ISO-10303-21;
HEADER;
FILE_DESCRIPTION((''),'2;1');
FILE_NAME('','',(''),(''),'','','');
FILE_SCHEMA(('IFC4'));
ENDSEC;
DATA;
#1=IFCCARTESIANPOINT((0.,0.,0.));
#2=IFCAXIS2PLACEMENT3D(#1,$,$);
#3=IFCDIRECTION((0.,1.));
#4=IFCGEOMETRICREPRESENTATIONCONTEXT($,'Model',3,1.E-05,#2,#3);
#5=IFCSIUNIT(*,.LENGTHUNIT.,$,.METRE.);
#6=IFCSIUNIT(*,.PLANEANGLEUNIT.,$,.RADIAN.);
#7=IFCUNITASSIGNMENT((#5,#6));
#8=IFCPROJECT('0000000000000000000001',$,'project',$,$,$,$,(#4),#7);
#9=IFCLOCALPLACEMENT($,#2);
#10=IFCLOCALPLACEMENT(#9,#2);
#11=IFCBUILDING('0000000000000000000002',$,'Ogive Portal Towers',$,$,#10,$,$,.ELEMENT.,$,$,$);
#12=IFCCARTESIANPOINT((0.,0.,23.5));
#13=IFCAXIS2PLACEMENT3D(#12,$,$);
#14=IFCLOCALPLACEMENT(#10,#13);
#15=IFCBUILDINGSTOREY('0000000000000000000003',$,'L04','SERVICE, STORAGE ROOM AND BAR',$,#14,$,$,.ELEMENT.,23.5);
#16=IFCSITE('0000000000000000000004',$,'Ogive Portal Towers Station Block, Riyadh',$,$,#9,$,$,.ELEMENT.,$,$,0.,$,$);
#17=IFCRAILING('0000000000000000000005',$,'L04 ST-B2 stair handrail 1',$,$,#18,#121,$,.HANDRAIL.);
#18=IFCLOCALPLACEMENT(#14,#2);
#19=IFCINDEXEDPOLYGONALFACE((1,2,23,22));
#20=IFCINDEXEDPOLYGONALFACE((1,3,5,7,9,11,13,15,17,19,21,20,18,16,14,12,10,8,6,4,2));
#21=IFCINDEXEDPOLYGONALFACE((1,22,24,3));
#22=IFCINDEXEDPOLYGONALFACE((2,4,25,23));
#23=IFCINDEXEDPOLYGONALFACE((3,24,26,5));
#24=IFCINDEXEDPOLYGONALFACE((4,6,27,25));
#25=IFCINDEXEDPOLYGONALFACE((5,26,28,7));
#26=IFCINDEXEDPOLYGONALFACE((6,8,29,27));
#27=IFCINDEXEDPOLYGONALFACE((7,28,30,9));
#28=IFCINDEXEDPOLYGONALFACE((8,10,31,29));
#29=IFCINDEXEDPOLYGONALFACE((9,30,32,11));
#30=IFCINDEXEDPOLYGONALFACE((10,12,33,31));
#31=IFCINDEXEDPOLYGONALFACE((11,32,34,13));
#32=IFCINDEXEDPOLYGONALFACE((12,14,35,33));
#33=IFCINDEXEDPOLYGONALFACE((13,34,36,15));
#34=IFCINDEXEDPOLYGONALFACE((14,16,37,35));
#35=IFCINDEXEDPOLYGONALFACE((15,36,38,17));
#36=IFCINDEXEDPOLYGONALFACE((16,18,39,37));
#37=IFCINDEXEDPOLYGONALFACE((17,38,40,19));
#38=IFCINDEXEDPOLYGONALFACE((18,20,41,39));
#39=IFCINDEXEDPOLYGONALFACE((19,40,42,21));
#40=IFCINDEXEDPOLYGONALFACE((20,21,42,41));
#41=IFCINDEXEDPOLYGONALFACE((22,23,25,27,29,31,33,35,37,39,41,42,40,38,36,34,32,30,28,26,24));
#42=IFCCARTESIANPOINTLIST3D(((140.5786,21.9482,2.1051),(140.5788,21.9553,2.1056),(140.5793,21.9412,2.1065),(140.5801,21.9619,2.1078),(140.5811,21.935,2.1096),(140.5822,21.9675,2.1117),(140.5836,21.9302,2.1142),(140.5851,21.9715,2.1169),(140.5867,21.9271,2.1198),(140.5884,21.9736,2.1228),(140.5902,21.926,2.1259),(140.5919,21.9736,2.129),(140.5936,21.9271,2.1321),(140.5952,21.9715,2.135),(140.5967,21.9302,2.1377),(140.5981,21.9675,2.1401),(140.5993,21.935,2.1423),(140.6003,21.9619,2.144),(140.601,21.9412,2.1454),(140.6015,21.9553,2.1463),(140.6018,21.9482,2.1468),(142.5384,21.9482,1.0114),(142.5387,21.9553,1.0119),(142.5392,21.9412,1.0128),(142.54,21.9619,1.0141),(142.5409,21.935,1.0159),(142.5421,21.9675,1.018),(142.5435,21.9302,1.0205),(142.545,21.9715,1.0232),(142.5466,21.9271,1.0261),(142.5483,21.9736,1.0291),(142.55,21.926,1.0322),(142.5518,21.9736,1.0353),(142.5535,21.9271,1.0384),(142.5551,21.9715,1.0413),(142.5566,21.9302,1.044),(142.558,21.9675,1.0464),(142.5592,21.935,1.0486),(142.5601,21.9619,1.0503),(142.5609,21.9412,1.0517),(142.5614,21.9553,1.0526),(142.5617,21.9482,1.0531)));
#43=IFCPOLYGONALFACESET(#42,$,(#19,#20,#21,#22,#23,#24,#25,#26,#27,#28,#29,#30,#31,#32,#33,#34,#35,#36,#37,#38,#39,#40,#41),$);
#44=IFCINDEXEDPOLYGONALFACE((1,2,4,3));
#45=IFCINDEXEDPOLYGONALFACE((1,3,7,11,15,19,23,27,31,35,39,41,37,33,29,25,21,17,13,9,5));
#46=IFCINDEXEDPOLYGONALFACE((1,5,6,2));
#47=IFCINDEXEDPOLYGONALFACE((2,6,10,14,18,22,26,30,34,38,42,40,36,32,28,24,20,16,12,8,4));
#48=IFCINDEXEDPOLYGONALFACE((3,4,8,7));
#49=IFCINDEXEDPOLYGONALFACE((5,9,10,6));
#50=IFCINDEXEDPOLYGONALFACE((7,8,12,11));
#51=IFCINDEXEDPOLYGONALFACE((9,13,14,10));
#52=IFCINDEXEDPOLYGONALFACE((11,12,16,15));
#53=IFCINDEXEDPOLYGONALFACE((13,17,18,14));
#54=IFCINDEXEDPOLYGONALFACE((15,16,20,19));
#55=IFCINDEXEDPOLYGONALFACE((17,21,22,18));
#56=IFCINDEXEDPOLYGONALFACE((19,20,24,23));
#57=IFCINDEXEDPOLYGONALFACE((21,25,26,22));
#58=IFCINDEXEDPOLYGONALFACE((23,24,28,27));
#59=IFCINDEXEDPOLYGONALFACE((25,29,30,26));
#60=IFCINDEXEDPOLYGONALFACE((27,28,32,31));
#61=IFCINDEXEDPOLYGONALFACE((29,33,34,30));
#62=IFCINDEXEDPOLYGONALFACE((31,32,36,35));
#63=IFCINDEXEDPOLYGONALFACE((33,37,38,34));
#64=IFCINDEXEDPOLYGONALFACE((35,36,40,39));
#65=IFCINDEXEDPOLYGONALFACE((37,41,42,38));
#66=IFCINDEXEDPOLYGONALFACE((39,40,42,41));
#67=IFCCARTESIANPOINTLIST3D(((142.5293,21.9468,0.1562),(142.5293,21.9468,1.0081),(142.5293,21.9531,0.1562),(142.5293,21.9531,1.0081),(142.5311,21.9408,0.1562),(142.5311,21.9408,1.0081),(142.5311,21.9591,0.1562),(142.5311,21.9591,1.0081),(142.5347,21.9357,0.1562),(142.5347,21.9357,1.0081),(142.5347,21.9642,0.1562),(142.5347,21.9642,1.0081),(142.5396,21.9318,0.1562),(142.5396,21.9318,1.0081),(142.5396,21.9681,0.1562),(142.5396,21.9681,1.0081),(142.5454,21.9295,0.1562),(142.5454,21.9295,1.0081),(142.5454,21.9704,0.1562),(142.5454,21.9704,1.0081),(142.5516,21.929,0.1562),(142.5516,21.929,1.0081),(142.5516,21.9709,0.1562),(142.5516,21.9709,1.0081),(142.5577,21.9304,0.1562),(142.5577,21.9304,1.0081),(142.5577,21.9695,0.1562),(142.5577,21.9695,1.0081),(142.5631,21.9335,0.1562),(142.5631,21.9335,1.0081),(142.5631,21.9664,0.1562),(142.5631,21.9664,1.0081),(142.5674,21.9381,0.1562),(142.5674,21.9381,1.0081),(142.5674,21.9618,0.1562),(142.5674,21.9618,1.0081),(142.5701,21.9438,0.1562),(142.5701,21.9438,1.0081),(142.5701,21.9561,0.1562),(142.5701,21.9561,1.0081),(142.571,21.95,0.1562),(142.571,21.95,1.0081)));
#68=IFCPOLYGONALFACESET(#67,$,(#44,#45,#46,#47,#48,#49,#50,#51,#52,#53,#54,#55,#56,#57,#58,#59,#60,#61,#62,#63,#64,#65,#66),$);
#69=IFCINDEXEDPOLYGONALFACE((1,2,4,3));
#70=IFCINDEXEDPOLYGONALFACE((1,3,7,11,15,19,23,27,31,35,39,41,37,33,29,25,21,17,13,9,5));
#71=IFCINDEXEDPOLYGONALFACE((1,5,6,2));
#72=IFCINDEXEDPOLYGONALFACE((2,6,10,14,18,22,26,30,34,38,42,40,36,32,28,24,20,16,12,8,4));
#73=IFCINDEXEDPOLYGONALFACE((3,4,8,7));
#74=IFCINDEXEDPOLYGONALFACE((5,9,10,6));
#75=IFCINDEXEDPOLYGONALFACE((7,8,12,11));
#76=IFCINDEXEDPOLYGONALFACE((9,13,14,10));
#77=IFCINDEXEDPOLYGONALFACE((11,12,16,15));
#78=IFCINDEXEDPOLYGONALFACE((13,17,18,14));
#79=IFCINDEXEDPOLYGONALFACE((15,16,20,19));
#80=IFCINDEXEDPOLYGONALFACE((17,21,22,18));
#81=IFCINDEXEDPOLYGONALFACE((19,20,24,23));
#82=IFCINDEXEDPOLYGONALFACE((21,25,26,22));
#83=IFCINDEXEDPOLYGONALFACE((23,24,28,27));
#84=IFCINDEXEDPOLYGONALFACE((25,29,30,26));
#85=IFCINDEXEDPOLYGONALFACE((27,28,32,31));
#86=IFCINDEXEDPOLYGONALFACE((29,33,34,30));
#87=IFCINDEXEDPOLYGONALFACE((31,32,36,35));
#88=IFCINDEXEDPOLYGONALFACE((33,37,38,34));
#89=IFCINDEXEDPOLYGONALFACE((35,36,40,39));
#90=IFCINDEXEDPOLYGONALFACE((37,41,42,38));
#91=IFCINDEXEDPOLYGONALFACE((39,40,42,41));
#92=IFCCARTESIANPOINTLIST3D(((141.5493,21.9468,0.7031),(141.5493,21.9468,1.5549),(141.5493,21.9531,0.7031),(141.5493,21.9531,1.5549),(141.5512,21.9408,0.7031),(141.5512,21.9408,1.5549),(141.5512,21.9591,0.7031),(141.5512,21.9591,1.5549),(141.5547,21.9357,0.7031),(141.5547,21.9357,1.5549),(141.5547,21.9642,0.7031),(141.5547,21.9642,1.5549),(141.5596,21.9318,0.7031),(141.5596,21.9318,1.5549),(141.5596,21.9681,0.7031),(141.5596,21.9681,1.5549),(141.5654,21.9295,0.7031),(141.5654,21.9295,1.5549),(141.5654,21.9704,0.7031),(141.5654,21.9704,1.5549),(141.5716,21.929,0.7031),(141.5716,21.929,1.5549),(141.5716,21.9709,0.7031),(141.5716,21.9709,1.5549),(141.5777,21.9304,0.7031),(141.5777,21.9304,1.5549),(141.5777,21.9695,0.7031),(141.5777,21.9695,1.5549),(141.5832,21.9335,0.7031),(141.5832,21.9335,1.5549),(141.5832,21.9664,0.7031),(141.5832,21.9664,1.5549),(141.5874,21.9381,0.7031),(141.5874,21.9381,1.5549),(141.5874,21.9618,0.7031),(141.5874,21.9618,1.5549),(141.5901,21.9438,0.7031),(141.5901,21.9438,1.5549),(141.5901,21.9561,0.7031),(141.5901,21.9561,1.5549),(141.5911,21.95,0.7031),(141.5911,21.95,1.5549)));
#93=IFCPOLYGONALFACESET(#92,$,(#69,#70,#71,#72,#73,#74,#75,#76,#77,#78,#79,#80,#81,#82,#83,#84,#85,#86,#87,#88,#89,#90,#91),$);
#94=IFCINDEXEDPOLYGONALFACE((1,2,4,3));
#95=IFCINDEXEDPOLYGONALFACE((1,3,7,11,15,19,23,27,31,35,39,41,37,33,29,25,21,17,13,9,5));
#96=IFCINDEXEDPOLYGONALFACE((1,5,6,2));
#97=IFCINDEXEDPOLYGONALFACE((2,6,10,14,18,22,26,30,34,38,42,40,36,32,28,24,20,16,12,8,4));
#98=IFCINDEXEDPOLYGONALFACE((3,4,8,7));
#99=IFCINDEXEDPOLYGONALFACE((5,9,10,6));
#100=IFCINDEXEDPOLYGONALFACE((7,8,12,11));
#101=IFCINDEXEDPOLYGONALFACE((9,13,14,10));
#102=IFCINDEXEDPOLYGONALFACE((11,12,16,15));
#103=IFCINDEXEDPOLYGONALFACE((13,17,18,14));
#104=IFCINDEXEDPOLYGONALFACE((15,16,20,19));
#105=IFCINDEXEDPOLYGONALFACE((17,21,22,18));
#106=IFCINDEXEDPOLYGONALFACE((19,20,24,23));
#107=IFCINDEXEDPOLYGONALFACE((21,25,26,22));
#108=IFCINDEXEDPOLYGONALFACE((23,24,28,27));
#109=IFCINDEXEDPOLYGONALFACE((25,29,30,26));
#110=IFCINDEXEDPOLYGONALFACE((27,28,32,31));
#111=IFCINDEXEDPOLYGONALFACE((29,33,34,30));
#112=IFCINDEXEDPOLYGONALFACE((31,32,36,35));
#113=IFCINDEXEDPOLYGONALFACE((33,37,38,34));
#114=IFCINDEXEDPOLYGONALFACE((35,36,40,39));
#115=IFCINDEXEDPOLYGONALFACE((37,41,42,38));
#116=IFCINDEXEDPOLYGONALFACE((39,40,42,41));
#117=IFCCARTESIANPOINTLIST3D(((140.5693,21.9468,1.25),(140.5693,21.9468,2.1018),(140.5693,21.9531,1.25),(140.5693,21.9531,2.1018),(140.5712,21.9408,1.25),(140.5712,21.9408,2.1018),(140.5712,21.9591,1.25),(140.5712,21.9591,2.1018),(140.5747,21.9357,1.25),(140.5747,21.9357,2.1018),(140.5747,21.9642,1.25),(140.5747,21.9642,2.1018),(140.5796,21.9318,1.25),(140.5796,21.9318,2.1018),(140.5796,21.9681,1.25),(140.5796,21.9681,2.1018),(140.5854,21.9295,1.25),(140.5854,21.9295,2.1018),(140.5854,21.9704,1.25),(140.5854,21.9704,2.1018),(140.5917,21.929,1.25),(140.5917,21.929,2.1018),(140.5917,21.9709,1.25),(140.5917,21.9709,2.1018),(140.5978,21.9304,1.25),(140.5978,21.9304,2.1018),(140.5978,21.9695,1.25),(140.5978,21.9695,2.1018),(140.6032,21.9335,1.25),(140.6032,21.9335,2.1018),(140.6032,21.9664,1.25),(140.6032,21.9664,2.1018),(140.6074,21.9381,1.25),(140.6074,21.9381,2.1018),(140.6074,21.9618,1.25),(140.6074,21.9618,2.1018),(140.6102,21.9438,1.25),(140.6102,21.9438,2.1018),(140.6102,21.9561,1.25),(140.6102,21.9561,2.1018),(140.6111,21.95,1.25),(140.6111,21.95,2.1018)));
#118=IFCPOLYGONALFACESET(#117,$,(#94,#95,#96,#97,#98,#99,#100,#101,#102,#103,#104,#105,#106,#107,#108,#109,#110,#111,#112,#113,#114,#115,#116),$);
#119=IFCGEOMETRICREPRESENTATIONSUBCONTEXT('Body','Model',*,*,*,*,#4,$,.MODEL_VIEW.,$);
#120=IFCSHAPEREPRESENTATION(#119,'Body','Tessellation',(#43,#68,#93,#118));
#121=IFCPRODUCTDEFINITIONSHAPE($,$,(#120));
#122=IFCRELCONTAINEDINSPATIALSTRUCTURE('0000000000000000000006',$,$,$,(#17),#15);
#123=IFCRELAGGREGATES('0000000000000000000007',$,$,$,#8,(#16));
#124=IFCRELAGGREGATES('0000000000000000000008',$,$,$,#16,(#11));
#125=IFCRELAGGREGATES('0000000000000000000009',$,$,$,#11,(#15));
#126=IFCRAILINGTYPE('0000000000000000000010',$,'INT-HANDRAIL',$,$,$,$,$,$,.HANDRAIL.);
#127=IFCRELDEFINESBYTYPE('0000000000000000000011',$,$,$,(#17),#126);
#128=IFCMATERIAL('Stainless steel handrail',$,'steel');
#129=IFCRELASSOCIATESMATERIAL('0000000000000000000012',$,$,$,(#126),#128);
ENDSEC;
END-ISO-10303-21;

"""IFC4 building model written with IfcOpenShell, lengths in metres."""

from ifc_helpers import new_model, si_unit, direction, frame, origin, origin_2d, place, context, subcontext, project, spatial, circle, extrude, material, type_object, element, save


model = new_model("IFC4")

# Units and contexts
model_context = context("Model", 3, precision=1e-05, world=origin(), true_north=direction((0.0, 1.0)))
body_context = subcontext(model_context, "Body", "Model", "MODEL_VIEW")
ifc_project = project(units=[si_unit("LENGTHUNIT", "METRE"), si_unit("PLANEANGLEUNIT", "RADIAN")], contexts=[model_context])

# Site, building, storey
site_placement = place(None, origin())
site = spatial("IfcSite", under=ifc_project, at=site_placement, Name="Ogive Portal Towers Station Block, Riyadh", CompositionType="ELEMENT", RefElevation=0.0)
building_placement = place(site_placement, origin())
building = spatial("IfcBuilding", under=site, at=building_placement, Name="Ogive Portal Towers", CompositionType="ELEMENT")
storey_placement = place(building_placement, frame((0.0, 0.0, 23.5)))
storey = spatial("IfcBuildingStorey", under=building, at=storey_placement, Name="L04", Description="SERVICE, STORAGE ROOM AND BAR", CompositionType="ELEMENT", Elevation=23.5)

# Railing
ifc_material_1 = material(Name="Stainless steel handrail", Category="steel")
railing_type_1 = type_object("IfcRailingType", Name="INT-HANDRAIL", PredefinedType="HANDRAIL", material=ifc_material_1)
railing_1_placement = place(storey_placement, frame((142.55, 21.95, 0.1562)))
element("IfcRailing", 1, at=railing_1_placement, inside=storey, type_object=railing_type_1, Name="L04 ST-B2 stair handrail 1", PredefinedType="HANDRAIL", context=body_context, shape_type="SweptSolid", body=[
    extrude(circle(Radius=0.0239, at=origin_2d()), frame((0.0, 0.0, 0.876), z_axis=(-0.873232, 0.0, 0.487304), x_axis=(0.0, -1.0, 0.0)), (0.0, 0.0, 1.0), 2.2444),
    extrude(circle(Radius=0.021, at=origin_2d()), origin(), (0.0, 0.0, 1.0), 0.8518),
    extrude(circle(Radius=0.021, at=origin_2d()), frame((-0.98, 0.0, 0.5469)), (0.0, 0.0, 1.0), 0.8518),
    extrude(circle(Radius=0.021, at=origin_2d()), frame((-1.96, 0.0, 1.0938)), (0.0, 0.0, 1.0), 0.8518),
])

save(model, "model.ifc")
